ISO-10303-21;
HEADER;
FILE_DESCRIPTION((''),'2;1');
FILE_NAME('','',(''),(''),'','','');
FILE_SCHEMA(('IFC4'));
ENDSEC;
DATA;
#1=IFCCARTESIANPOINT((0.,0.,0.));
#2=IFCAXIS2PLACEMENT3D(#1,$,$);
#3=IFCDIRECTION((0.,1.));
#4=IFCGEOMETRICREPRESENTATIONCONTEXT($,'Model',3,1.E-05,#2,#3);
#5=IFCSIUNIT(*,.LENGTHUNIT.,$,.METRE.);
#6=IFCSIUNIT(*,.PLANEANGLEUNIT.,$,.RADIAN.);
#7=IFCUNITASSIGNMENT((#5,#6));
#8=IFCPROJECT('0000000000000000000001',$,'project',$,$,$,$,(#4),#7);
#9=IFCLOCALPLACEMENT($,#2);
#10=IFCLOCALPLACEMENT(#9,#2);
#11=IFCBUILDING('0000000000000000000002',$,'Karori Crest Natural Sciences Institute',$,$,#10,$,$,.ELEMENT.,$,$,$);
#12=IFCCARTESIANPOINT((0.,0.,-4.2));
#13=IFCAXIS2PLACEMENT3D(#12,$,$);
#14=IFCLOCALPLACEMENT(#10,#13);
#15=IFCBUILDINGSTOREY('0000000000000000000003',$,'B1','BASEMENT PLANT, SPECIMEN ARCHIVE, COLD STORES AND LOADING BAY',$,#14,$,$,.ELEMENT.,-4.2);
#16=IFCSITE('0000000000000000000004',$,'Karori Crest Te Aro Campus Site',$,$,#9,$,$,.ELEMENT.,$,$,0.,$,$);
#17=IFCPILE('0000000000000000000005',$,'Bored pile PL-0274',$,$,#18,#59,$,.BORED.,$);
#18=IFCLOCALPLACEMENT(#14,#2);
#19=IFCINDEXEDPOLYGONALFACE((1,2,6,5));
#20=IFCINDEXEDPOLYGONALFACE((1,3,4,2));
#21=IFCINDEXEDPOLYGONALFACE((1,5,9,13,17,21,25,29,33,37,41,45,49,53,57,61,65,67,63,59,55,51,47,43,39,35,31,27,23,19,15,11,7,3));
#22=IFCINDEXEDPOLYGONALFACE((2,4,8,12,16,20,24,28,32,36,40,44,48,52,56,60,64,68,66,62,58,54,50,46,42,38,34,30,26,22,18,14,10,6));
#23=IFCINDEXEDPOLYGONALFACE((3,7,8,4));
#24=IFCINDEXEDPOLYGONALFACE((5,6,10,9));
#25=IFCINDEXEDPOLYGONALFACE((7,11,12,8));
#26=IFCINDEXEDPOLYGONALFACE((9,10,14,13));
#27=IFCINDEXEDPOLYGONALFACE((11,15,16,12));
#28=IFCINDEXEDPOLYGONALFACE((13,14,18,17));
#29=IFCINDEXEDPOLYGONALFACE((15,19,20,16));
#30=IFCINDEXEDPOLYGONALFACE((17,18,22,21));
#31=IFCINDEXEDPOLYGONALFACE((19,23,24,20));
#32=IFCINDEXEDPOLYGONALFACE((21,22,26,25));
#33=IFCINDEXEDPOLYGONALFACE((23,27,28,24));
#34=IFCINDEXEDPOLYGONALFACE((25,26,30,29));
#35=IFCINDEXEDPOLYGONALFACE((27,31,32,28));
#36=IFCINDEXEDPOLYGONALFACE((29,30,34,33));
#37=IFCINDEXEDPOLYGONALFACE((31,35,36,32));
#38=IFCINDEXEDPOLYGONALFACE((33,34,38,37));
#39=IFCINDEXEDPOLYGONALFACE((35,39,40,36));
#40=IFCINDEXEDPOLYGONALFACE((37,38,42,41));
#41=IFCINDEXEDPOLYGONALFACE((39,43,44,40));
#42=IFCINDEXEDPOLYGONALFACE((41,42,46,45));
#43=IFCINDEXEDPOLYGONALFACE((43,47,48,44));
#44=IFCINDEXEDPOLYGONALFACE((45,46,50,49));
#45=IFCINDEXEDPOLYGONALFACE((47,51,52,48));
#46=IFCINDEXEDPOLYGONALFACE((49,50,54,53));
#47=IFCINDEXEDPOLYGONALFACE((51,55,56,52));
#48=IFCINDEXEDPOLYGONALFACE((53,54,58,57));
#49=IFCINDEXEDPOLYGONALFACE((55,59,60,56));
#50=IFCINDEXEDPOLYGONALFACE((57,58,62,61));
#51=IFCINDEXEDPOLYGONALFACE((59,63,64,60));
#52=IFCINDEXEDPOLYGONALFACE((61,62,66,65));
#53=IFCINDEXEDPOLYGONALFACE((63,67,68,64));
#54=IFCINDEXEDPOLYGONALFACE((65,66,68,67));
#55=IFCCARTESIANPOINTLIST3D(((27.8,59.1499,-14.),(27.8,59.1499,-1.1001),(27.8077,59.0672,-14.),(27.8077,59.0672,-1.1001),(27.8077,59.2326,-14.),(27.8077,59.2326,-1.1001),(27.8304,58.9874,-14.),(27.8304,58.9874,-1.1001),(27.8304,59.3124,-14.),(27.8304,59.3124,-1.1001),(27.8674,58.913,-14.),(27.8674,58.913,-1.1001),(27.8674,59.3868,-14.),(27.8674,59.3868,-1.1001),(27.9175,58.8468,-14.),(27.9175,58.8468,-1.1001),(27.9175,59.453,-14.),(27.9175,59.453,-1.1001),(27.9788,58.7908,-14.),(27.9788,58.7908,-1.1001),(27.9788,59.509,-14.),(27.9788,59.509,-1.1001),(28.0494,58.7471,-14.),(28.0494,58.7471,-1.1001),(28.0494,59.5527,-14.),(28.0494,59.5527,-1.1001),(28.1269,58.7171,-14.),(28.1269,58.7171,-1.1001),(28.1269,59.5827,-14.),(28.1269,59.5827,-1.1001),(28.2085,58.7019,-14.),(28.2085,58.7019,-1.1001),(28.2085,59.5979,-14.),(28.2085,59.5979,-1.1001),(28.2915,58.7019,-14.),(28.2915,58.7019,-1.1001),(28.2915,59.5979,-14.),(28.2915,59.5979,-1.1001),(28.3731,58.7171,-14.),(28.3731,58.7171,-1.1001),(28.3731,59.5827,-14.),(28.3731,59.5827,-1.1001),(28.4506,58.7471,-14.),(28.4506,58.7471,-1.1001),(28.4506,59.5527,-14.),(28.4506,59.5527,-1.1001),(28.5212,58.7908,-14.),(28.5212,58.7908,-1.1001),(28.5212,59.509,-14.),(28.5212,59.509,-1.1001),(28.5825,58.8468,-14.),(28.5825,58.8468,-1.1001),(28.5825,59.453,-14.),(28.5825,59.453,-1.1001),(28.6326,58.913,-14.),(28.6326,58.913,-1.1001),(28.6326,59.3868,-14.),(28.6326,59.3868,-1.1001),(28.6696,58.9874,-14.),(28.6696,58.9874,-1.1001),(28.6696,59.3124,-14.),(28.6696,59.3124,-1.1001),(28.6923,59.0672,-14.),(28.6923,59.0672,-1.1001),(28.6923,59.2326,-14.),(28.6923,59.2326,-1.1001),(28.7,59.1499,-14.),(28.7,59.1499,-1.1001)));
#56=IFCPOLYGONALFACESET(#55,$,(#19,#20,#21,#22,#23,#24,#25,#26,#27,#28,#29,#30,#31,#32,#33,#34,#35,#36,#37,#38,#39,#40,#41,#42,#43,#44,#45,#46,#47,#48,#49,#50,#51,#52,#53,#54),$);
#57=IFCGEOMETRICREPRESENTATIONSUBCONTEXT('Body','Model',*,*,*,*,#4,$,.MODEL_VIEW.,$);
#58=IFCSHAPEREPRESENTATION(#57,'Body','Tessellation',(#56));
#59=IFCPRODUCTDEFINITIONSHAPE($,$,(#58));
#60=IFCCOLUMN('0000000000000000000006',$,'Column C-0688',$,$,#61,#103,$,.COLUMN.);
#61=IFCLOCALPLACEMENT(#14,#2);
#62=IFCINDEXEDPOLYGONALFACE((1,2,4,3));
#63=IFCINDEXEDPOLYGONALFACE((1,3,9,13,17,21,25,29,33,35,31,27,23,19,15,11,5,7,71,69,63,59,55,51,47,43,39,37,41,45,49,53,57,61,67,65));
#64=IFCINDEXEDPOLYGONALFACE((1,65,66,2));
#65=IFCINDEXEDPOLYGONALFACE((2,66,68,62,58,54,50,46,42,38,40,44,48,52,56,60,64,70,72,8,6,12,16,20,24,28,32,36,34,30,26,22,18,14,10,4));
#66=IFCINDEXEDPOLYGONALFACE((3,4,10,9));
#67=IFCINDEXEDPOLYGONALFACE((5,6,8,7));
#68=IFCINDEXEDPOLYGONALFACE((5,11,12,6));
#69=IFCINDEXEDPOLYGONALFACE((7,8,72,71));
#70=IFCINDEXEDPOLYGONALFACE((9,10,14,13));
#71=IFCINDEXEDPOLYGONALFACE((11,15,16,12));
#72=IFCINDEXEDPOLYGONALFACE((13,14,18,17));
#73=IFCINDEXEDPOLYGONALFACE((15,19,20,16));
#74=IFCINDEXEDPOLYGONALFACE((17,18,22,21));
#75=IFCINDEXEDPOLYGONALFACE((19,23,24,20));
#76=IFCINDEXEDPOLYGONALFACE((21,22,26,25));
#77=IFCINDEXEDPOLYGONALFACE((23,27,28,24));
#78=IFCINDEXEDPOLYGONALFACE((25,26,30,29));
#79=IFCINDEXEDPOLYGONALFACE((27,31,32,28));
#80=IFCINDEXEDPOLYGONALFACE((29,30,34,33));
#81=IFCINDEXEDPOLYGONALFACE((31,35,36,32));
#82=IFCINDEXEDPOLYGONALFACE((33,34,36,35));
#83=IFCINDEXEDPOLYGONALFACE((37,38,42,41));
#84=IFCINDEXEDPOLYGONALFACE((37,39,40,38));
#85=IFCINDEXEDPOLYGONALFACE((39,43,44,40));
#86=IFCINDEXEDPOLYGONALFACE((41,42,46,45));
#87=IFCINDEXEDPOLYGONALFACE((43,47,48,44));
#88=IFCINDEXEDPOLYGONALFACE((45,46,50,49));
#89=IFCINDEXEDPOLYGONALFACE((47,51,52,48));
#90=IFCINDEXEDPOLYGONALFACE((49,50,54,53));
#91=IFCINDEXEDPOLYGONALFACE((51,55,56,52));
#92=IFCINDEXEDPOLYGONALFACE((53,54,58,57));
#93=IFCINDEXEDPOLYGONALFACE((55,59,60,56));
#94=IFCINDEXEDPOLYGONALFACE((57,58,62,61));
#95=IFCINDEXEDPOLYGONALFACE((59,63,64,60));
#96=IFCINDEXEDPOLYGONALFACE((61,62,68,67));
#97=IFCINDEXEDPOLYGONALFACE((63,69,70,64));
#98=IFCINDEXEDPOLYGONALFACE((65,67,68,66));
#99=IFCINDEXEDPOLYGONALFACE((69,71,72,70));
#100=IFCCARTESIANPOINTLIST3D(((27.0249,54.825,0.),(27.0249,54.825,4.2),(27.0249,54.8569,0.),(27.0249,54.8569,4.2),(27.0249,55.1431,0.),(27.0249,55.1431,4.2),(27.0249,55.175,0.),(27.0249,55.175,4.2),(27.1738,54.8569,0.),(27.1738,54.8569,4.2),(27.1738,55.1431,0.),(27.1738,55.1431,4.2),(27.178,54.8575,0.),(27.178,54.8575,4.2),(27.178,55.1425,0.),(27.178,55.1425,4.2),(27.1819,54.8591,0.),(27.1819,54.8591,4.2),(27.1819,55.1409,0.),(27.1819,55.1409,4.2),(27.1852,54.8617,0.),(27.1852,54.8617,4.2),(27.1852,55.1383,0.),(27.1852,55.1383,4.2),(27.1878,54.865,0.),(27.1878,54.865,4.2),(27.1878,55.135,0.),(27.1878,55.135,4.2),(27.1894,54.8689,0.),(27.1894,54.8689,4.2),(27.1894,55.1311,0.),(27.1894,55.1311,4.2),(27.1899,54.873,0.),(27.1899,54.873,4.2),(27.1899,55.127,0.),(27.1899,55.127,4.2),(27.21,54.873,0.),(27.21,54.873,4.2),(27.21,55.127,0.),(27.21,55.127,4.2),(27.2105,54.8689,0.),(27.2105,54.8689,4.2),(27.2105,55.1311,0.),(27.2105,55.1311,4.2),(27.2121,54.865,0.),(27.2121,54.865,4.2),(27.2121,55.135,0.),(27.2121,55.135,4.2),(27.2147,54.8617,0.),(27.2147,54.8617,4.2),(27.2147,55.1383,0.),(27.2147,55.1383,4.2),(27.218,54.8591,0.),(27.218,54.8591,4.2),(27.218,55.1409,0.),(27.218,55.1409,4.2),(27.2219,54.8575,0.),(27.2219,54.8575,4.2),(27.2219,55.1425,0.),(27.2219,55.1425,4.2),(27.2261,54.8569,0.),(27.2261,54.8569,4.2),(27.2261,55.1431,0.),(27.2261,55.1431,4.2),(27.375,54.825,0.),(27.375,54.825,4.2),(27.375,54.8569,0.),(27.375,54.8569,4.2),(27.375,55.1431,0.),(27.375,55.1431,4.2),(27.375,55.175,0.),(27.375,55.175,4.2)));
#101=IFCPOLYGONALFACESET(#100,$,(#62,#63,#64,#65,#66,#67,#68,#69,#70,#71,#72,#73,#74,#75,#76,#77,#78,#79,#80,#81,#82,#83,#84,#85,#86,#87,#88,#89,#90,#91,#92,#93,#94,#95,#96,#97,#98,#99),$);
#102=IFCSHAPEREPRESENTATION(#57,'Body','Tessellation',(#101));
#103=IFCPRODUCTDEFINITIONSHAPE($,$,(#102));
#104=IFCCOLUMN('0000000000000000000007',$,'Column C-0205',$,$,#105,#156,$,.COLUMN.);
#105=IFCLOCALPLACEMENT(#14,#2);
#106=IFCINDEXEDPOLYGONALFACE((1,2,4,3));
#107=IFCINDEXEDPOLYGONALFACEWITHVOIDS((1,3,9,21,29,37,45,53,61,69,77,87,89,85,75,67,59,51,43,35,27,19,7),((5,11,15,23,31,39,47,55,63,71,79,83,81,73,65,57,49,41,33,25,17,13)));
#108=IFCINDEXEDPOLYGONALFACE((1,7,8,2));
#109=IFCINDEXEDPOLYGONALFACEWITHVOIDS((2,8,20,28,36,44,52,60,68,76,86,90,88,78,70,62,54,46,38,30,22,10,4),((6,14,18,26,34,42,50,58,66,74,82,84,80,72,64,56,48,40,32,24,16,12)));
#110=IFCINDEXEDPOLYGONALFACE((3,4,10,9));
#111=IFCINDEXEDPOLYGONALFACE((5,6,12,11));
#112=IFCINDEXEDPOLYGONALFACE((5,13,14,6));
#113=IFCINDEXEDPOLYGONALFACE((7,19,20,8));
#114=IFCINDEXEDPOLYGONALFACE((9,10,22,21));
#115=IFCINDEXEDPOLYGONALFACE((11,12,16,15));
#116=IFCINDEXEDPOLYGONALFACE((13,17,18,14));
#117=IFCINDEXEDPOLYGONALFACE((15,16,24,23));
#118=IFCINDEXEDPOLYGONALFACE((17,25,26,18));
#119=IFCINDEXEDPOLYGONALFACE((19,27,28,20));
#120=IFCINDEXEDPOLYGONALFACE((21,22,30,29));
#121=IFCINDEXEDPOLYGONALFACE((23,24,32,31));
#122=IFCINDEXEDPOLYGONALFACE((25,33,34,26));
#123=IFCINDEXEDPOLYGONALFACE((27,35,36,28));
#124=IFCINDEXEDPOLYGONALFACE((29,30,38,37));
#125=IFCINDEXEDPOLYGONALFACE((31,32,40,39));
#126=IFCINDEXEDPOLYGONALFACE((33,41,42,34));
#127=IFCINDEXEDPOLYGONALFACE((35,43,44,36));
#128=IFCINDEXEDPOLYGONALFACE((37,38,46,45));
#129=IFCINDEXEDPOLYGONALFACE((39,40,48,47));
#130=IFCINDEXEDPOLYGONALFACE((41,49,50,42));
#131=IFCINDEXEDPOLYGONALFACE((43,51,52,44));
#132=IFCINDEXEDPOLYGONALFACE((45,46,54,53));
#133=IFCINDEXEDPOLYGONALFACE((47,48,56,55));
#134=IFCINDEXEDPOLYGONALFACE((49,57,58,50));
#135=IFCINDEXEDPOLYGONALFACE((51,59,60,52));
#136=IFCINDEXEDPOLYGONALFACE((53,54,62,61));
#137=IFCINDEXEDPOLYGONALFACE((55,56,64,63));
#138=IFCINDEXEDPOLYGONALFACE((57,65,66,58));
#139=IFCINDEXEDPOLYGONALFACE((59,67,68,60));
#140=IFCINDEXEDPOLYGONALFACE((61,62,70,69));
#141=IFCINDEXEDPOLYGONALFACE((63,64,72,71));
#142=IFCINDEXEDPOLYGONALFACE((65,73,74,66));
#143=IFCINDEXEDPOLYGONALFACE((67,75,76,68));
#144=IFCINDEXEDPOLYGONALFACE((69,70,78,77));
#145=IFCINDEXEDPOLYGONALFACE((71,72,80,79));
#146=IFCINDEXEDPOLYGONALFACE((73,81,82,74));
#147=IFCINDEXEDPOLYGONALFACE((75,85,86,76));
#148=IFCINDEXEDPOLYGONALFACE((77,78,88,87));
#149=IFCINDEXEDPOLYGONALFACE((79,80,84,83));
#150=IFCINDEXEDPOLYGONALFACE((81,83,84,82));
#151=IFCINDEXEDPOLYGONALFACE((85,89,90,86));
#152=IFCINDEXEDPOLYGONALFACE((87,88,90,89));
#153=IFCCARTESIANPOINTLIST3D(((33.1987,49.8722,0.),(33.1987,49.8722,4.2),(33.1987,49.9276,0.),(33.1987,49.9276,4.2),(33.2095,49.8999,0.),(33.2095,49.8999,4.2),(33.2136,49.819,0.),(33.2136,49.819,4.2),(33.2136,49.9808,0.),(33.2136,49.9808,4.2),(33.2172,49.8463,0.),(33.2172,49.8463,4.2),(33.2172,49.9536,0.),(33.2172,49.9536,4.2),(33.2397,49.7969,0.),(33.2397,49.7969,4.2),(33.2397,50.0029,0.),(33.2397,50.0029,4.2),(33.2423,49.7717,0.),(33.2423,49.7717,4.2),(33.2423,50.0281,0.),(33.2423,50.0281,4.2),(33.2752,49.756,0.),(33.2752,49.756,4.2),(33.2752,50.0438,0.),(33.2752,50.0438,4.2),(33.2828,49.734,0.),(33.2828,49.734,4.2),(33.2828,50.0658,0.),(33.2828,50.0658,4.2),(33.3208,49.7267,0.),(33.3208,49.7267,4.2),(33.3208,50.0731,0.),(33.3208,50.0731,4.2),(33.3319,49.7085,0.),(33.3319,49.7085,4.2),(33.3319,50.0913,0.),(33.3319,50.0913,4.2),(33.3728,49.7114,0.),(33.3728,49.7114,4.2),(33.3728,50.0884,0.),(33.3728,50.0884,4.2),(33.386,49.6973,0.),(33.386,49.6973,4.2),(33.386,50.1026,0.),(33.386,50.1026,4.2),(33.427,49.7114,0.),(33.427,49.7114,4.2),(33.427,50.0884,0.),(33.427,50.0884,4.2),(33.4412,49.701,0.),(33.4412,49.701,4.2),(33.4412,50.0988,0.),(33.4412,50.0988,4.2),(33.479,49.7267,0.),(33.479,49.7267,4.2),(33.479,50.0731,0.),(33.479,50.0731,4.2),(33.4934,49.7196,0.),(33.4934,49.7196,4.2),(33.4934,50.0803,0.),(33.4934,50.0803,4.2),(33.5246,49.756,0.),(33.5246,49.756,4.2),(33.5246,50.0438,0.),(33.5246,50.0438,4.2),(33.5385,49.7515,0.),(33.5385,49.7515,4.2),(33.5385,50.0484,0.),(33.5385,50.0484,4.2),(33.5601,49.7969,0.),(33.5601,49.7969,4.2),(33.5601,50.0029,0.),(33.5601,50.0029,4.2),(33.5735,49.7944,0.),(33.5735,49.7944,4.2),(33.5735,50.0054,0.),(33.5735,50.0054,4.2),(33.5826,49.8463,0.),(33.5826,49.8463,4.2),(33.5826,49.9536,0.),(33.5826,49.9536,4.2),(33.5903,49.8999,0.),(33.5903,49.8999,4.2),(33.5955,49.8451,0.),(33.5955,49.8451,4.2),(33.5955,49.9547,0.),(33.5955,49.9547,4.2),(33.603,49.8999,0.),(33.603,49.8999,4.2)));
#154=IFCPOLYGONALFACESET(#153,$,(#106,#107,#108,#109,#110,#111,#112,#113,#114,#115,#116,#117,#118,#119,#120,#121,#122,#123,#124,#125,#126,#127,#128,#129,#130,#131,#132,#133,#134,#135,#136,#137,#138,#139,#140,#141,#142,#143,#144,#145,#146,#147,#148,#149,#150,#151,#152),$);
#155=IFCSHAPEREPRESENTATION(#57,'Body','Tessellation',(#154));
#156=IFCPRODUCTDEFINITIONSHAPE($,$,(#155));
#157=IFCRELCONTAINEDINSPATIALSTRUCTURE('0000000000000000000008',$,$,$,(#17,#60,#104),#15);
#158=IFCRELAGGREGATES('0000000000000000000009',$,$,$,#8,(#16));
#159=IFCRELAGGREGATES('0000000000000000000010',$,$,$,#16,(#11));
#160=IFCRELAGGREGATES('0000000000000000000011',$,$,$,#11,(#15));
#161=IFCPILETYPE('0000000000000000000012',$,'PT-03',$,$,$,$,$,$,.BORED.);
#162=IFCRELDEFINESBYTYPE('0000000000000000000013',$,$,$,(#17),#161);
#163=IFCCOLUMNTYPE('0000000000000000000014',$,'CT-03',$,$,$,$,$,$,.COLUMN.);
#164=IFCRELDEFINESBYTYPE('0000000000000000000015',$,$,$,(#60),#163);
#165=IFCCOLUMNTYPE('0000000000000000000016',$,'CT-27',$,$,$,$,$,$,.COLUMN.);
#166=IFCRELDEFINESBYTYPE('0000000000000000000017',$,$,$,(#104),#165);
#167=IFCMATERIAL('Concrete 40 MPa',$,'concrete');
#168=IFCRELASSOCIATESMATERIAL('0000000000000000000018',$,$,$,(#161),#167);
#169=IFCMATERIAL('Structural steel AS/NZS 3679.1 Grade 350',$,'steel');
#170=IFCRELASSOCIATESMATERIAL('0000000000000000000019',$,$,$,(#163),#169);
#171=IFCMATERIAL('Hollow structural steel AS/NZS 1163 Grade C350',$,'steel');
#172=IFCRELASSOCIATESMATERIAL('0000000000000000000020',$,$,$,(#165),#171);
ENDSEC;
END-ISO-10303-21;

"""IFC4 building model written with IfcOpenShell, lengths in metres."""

from ifc_helpers import new_model, si_unit, direction, frame, origin, origin_2d, place, context, subcontext, project, spatial, circle, hollow_circle, i_section, extrude, material, material_profile, profile_set, type_object, element, save


model = new_model("IFC4")

# Units and contexts
model_context = context("Model", 3, precision=1e-05, world=origin(), true_north=direction((0.0, 1.0)))
body_context = subcontext(model_context, "Body", "Model", "MODEL_VIEW")
ifc_project = project(units=[si_unit("LENGTHUNIT", "METRE"), si_unit("PLANEANGLEUNIT", "RADIAN")], contexts=[model_context])

# Site, building, storey
site_placement = place(None, origin())
site = spatial("IfcSite", under=ifc_project, at=site_placement, Name="Karori Crest Te Aro Campus Site", CompositionType="ELEMENT", RefElevation=0.0)
building_placement = place(site_placement, origin())
building = spatial("IfcBuilding", under=site, at=building_placement, Name="Karori Crest Natural Sciences Institute", CompositionType="ELEMENT")
storey_placement = place(building_placement, frame((0.0, 0.0, -4.2)))
storey = spatial("IfcBuildingStorey", under=building, at=storey_placement, Name="B1", Description="BASEMENT PLANT, SPECIMEN ARCHIVE, COLD STORES AND LOADING BAY", CompositionType="ELEMENT", Elevation=-4.2)

# Shared definitions
ifc_material_1 = material(Name="Concrete 40 MPa", Category="concrete")

# Pile
ifc_material_profile_1 = material_profile(ifc_material_1, circle(Radius=0.45, at=origin_2d()), Name="PILE900")
ifc_profile_set_1 = profile_set([ifc_material_profile_1], Name="Concrete 40 MPa")
pile_type = type_object("IfcPileType", Name="PT-03", PredefinedType="BORED", material=ifc_profile_set_1)
for number, where, z_axis, x_axis, name in (
    (1, (28.25, 59.1499, -1.1001), (0.0, 0.0, -1.0), (1.0, 0.0, 0.0), "Bored pile PL-0274"),
):
    element("IfcPile", number, at=place(storey_placement, frame(where, z_axis=z_axis, x_axis=x_axis)), inside=storey, type_object=pile_type, Name=name, PredefinedType="BORED", context=body_context, shape_type="SweptSolid", body=[
        extrude(circle(Radius=0.45, at=origin_2d()), origin(), (0.0, 0.0, 1.0), 12.8999),
    ])

# Columns
ifc_material_2 = material(Name="Structural steel AS/NZS 3679.1 Grade 350", Category="steel")
ifc_material_profile_2 = material_profile(ifc_material_2, i_section(OverallWidth=0.3501, OverallDepth=0.3501, WebThickness=0.02, FlangeThickness=0.032, FilletRadius=0.0161, at=origin_2d()), Name="350WC280")
ifc_profile_set_2 = profile_set([ifc_material_profile_2], Name="Structural steel AS/NZS 3679.1 Grade 350")
column_type_1 = type_object("IfcColumnType", Name="CT-03", PredefinedType="COLUMN", material=ifc_profile_set_2)
column_1_placement = place(storey_placement, frame((27.2, 55.0, 0.0), z_axis=(0.0, 0.0, 1.0), x_axis=(1.0, 0.0, 0.0)))
element("IfcColumn", 2, at=column_1_placement, inside=storey, type_object=column_type_1, Name="Column C-0688", PredefinedType="COLUMN", context=body_context, shape_type="SweptSolid", body=[
    extrude(i_section(OverallWidth=0.3501, OverallDepth=0.3501, WebThickness=0.02, FlangeThickness=0.032, FilletRadius=0.0161, at=origin_2d()), origin(), (0.0, 0.0, 1.0), 4.2),
])
ifc_material_3 = material(Name="Hollow structural steel AS/NZS 1163 Grade C350", Category="steel")
ifc_material_profile_3 = material_profile(ifc_material_3, hollow_circle(Radius=0.2031, WallThickness=0.0127, at=origin_2d()), Name="CHS406.4x12.7")
ifc_profile_set_3 = profile_set([ifc_material_profile_3], Name="Hollow structural steel AS/NZS 1163 Grade C350")
column_type_2 = type_object("IfcColumnType", Name="CT-27", PredefinedType="COLUMN", material=ifc_profile_set_3)
column_2_placement = place(storey_placement, frame((33.3999, 49.8999, 0.0), z_axis=(0.0, 0.0, 1.0), x_axis=(1.0, 0.0, 0.0)))
element("IfcColumn", 3, at=column_2_placement, inside=storey, type_object=column_type_2, Name="Column C-0205", PredefinedType="COLUMN", context=body_context, shape_type="SweptSolid", body=[
    extrude(hollow_circle(Radius=0.2031, WallThickness=0.0127, at=origin_2d()), origin(), (0.0, 0.0, 1.0), 4.2),
])

save(model, "model.ifc")
